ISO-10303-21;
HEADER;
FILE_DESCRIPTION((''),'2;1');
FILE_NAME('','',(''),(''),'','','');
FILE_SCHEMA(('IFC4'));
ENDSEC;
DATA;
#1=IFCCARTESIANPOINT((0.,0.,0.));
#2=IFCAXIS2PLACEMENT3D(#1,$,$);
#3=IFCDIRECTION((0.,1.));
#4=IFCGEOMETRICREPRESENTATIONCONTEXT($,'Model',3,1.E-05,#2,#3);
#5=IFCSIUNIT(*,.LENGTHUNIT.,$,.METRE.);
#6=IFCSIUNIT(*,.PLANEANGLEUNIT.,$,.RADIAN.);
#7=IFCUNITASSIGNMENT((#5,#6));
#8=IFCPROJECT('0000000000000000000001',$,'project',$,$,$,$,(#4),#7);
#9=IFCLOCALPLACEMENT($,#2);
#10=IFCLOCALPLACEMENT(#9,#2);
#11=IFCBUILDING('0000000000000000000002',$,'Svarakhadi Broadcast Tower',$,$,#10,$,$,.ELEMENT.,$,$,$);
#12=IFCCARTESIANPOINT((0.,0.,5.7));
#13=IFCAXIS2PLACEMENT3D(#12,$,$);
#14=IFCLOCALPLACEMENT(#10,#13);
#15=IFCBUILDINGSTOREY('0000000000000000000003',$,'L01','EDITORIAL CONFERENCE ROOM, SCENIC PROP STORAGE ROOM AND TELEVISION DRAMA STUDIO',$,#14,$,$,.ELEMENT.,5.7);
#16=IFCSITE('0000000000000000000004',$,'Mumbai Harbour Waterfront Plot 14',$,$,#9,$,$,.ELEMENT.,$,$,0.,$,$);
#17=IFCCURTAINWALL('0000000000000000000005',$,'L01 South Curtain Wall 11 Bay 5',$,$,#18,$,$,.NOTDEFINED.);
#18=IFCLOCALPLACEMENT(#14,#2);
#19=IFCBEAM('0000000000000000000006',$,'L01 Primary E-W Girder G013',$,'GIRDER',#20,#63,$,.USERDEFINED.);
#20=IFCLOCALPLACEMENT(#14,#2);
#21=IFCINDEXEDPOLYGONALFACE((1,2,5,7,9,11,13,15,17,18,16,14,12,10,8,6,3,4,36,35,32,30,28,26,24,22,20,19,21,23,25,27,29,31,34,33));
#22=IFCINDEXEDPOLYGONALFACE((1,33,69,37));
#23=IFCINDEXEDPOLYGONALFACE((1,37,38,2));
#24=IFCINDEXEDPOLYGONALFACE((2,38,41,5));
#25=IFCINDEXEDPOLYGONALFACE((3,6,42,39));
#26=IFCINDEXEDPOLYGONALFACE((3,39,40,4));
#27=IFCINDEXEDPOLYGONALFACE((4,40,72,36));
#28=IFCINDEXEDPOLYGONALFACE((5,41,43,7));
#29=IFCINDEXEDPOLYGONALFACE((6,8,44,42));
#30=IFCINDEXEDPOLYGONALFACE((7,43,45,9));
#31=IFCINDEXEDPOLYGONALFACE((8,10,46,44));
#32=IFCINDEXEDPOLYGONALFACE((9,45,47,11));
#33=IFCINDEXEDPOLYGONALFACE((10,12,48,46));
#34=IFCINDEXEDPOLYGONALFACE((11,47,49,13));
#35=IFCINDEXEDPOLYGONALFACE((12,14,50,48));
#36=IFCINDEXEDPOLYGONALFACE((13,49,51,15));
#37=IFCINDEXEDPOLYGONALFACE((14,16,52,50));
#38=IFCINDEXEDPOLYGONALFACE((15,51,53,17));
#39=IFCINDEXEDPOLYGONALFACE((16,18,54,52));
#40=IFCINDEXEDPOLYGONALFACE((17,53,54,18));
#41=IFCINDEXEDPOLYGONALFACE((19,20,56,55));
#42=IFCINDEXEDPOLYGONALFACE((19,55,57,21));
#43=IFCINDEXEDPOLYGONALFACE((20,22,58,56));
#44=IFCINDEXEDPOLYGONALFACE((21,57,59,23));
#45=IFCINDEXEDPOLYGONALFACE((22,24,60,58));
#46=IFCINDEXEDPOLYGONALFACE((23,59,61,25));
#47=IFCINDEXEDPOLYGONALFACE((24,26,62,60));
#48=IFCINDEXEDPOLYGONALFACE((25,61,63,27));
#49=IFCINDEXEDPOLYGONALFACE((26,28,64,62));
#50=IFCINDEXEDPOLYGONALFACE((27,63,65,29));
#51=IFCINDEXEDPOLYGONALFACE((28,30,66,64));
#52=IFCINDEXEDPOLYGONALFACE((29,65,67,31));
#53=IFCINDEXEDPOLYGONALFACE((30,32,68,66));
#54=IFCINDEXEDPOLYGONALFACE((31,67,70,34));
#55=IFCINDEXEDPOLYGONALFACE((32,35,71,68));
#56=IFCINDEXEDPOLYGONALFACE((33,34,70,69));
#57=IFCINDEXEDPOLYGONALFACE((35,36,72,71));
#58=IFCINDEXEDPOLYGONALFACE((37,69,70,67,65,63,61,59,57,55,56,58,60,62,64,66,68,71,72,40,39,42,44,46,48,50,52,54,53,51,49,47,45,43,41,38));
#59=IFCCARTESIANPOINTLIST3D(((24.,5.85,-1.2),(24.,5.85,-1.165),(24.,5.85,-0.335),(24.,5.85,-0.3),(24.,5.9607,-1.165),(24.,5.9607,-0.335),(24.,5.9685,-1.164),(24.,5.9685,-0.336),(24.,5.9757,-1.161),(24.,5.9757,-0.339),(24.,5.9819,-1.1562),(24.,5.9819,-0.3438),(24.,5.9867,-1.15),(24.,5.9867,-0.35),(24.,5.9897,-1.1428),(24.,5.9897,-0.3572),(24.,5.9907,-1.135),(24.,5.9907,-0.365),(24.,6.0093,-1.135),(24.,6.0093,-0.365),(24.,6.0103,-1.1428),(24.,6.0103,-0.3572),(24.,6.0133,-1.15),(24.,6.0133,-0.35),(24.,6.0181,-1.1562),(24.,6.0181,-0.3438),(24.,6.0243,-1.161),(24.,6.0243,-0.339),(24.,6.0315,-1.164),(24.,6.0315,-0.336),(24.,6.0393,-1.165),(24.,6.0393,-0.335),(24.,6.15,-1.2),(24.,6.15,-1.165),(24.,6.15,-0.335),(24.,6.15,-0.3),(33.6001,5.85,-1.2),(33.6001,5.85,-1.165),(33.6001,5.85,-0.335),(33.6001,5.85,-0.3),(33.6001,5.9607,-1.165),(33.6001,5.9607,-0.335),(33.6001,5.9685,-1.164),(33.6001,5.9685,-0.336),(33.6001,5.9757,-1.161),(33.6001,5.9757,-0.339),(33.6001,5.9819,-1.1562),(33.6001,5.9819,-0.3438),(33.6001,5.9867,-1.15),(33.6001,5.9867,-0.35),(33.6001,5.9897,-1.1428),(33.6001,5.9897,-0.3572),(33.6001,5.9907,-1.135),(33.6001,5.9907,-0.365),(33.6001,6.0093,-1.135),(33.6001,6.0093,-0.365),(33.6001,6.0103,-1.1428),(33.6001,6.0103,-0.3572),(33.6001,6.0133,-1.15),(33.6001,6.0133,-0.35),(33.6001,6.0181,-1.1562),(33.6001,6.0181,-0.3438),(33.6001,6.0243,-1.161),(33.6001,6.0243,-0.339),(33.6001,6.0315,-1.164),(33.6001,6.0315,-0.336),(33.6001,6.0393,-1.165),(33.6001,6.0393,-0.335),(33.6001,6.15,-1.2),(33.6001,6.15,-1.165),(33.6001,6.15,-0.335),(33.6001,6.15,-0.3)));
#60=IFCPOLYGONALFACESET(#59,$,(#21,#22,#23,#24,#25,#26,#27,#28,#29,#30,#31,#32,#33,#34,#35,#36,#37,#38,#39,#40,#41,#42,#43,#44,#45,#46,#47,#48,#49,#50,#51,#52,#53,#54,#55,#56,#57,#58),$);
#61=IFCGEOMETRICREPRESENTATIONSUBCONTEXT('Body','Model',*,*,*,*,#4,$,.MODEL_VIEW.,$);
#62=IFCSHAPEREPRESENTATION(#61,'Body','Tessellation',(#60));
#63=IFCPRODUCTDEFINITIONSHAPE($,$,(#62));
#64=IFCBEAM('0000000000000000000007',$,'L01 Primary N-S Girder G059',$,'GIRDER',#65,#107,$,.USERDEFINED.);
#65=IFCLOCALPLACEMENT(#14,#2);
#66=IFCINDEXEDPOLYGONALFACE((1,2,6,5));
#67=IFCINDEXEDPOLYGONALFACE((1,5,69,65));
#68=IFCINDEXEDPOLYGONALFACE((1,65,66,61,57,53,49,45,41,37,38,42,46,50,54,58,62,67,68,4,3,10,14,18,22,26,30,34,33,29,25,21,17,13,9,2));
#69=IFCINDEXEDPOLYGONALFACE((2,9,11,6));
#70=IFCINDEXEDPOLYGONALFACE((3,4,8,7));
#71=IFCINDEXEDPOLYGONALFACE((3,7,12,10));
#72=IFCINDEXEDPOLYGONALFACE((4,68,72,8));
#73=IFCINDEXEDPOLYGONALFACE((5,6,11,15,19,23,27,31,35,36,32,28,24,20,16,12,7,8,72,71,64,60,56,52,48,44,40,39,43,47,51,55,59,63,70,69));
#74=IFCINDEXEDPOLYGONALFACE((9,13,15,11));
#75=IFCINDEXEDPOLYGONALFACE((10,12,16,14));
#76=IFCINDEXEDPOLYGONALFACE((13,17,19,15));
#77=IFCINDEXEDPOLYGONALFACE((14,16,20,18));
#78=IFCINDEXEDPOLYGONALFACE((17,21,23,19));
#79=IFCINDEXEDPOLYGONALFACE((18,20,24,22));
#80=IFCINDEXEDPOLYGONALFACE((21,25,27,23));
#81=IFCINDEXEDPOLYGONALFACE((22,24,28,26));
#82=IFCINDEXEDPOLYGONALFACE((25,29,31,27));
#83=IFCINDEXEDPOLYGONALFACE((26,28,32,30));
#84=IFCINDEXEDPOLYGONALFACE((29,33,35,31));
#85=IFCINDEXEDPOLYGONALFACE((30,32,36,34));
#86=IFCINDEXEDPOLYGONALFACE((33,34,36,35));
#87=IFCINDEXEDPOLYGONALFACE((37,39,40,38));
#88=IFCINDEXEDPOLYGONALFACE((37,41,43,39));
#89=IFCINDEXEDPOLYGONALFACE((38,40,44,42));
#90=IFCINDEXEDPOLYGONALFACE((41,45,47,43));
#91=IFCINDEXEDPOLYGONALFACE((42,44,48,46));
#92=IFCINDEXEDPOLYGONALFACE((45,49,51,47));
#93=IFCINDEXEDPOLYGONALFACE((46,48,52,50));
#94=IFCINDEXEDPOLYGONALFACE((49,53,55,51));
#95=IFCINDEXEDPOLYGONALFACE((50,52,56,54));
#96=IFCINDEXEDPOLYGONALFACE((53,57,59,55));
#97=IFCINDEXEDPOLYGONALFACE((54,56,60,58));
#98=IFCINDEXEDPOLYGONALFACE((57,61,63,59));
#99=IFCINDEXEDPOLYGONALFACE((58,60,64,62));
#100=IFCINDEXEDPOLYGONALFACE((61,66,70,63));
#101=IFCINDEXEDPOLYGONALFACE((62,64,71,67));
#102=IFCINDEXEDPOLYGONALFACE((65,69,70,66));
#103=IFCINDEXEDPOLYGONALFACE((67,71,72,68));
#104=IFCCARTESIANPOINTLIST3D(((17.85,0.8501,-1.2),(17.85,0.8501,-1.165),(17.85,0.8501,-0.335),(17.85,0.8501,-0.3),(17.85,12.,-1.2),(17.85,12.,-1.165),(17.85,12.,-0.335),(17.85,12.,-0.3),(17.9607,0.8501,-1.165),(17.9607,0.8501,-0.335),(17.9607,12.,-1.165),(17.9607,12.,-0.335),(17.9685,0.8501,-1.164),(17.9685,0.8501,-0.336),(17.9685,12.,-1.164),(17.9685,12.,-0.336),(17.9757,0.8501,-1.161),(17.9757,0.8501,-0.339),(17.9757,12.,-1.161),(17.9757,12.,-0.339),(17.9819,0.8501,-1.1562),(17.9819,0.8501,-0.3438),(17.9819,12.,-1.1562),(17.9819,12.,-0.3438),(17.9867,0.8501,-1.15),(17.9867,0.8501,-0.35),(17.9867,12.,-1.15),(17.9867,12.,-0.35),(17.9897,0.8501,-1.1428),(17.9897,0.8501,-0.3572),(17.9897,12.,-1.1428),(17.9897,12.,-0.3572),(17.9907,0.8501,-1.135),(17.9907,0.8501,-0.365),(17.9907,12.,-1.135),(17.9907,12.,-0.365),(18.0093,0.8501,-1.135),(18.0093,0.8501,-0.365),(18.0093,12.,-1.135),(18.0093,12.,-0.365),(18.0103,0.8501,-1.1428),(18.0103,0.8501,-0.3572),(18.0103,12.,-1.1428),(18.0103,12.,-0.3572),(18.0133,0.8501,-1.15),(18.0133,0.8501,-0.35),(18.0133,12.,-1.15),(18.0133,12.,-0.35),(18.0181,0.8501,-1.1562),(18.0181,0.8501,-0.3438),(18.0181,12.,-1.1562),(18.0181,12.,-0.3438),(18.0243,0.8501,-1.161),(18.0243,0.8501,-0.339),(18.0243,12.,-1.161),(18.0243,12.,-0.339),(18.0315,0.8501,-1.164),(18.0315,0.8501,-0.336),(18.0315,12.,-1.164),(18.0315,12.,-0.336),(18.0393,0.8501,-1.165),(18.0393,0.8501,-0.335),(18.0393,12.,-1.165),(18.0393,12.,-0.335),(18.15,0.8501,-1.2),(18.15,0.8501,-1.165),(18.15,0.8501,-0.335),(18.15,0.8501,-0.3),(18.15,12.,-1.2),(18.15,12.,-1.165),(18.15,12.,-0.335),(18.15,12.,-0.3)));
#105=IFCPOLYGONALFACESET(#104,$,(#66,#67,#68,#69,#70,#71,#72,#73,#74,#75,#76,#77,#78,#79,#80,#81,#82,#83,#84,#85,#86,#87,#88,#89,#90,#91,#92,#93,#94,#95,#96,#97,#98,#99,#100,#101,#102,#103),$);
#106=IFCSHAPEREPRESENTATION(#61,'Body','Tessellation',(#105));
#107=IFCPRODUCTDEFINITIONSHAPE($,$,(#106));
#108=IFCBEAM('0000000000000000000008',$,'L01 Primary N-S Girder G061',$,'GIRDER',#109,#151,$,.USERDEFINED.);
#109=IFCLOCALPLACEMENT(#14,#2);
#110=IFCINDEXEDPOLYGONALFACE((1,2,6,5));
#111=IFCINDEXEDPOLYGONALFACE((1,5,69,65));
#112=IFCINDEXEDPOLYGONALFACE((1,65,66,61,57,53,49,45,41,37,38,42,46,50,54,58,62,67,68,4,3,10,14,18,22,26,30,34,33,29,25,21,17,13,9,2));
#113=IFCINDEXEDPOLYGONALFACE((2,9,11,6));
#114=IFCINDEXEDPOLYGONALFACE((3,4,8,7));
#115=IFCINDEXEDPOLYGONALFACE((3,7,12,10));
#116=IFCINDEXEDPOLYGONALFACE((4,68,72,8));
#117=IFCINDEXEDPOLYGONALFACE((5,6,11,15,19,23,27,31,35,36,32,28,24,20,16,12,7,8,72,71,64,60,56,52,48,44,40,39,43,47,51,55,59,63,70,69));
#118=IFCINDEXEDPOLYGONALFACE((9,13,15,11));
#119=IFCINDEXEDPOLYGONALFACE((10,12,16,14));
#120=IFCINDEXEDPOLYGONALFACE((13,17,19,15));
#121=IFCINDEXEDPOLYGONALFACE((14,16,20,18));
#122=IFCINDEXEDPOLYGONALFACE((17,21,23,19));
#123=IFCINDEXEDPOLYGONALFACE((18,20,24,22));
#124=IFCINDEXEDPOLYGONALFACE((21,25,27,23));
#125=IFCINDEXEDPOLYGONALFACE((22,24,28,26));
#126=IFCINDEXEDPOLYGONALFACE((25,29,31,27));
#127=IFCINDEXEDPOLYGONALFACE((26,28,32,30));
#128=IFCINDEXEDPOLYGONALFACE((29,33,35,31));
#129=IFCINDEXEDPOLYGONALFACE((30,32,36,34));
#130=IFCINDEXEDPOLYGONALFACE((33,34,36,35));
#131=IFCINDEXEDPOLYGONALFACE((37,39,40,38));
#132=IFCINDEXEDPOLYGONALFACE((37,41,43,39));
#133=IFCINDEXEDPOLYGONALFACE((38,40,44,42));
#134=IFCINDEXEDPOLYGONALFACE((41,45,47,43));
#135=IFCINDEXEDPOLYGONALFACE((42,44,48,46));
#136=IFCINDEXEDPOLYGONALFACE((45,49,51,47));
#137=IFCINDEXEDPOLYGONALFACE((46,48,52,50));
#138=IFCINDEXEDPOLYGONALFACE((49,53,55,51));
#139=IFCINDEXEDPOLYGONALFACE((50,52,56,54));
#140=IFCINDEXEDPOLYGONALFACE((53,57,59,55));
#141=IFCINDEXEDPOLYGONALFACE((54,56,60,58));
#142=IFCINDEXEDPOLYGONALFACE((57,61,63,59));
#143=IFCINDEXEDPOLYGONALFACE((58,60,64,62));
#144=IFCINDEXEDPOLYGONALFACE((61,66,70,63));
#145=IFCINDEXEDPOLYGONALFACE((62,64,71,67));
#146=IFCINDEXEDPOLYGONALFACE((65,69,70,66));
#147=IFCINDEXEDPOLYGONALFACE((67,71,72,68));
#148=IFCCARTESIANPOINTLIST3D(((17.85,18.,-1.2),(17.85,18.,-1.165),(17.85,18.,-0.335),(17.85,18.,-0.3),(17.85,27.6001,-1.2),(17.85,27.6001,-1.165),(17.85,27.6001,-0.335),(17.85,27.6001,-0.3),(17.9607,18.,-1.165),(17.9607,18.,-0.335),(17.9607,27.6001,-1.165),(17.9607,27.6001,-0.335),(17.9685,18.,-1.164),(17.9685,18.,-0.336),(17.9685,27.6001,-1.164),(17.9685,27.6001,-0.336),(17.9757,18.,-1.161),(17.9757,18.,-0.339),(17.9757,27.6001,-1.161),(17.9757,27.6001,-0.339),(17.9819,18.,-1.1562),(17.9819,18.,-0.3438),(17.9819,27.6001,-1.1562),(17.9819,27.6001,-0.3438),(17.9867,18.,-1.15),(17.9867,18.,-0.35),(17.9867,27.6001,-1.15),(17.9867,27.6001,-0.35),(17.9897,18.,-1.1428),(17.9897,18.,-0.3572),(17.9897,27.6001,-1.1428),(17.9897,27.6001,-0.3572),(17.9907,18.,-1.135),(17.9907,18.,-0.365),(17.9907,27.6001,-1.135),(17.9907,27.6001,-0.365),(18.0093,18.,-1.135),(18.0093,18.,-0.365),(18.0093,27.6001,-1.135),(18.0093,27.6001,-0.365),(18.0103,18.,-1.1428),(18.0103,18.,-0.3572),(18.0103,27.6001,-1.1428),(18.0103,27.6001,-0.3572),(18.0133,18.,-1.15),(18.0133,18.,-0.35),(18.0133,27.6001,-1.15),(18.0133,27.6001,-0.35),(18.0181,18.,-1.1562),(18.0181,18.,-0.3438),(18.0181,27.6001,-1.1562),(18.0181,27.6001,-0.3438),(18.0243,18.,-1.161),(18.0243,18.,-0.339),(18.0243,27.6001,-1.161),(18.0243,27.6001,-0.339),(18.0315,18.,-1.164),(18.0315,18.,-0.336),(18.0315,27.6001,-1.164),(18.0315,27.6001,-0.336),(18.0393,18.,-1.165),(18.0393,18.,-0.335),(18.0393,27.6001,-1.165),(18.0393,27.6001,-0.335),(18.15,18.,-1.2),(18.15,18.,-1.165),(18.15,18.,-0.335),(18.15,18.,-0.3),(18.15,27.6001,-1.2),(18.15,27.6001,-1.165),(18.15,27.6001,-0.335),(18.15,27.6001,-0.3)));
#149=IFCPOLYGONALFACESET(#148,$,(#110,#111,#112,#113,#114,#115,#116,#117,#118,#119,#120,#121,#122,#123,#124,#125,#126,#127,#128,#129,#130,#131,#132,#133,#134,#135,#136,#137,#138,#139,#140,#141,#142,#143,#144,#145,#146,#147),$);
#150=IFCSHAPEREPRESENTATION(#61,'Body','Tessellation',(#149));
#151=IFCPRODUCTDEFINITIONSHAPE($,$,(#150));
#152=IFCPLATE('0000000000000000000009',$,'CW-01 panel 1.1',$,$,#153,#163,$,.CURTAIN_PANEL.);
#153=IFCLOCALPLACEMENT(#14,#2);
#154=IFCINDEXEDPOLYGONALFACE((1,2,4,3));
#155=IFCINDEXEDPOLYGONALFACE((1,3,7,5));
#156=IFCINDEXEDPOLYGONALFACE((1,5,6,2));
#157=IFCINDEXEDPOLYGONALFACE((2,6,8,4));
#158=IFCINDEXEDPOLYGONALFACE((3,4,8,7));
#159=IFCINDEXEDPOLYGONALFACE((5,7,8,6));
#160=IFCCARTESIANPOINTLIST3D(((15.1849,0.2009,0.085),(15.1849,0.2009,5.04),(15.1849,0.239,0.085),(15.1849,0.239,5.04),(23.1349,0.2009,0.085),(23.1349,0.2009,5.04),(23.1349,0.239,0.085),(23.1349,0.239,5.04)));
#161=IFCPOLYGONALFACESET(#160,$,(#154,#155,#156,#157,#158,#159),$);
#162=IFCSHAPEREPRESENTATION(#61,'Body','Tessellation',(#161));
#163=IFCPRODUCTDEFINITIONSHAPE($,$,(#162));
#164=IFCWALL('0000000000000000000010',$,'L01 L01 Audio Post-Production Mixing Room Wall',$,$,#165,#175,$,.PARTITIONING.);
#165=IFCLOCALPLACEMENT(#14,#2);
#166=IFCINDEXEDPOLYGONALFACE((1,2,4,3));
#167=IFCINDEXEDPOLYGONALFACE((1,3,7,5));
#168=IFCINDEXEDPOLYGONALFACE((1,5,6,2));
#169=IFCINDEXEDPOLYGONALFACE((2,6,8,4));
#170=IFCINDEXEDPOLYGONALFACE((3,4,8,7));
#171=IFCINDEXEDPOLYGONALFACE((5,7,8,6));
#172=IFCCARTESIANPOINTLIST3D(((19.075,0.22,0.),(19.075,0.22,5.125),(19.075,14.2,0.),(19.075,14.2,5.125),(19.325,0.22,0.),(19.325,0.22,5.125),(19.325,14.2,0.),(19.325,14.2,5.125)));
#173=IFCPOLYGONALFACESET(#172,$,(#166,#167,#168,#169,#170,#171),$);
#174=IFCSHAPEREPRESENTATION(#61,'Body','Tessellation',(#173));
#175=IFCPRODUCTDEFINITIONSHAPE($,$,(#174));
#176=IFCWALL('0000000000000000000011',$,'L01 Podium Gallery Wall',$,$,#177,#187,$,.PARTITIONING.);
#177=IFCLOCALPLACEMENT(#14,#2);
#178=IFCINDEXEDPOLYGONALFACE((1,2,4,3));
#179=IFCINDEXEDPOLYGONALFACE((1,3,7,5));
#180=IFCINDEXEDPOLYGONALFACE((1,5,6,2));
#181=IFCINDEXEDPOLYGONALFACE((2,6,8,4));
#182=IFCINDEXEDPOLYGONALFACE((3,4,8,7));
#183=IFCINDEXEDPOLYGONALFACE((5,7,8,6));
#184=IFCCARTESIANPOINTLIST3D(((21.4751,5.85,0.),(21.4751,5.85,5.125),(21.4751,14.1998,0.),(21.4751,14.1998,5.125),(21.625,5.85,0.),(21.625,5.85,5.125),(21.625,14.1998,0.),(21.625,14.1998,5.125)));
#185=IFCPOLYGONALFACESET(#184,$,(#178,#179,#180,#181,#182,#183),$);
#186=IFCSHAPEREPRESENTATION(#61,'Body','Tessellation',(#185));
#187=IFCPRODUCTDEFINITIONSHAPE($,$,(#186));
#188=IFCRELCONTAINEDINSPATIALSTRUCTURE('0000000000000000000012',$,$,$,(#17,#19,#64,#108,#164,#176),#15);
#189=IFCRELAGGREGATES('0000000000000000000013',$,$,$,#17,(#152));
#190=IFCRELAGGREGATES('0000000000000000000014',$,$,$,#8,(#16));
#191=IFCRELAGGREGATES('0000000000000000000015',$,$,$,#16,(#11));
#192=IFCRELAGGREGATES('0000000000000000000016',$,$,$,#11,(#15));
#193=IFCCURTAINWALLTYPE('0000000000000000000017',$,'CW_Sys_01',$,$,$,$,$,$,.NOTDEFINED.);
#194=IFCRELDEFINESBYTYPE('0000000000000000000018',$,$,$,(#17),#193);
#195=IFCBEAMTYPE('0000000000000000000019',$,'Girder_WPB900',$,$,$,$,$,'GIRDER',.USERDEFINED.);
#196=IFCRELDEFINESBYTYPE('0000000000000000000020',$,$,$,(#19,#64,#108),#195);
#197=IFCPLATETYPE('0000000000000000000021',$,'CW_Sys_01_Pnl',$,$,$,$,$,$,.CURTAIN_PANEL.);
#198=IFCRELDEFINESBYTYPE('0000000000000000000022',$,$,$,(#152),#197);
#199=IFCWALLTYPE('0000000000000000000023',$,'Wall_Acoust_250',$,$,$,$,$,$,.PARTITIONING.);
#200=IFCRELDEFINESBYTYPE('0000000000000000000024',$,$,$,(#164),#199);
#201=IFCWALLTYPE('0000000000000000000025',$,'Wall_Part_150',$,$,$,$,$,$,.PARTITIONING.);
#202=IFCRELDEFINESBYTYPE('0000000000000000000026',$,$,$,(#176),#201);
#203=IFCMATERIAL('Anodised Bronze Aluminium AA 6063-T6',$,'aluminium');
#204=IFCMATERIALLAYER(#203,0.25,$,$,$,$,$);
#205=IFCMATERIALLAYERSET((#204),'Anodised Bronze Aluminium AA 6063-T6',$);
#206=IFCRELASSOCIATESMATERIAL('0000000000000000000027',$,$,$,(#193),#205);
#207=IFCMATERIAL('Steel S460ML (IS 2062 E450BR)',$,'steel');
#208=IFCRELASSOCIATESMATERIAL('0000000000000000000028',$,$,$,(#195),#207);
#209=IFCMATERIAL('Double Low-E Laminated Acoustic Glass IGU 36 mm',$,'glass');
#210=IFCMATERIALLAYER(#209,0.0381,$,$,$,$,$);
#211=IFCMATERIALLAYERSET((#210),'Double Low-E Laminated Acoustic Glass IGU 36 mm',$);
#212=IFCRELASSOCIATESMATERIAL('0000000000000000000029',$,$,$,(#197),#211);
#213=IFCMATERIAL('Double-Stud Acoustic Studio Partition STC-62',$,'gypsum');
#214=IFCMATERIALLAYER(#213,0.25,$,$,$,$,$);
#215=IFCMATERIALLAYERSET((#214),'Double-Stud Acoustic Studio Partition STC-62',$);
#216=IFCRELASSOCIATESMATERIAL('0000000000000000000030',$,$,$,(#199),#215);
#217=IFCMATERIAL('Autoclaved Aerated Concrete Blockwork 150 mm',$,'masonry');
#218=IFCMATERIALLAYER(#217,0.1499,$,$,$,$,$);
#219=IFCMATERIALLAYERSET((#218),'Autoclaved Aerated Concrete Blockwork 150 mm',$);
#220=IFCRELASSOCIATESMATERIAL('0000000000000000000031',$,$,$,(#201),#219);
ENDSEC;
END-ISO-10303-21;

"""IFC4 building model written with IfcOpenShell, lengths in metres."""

from ifc_helpers import new_model, si_unit, direction, frame, frame_2d, origin, origin_2d, place, context, subcontext, project, spatial, rectangle, i_section, extrude, material, layer, layer_set, material_profile, profile_set, type_object, element, aggregate, save


model = new_model("IFC4")

# Units and contexts
model_context = context("Model", 3, precision=1e-05, world=origin(), true_north=direction((0.0, 1.0)))
body_context = subcontext(model_context, "Body", "Model", "MODEL_VIEW")
ifc_project = project(units=[si_unit("LENGTHUNIT", "METRE"), si_unit("PLANEANGLEUNIT", "RADIAN")], contexts=[model_context])

# Site, building, storey
site_placement = place(None, origin())
site = spatial("IfcSite", under=ifc_project, at=site_placement, Name="Mumbai Harbour Waterfront Plot 14", CompositionType="ELEMENT", RefElevation=0.0)
building_placement = place(site_placement, origin())
building = spatial("IfcBuilding", under=site, at=building_placement, Name="Svarakhadi Broadcast Tower", CompositionType="ELEMENT")
storey_placement = place(building_placement, frame((0.0, 0.0, 5.7)))
storey = spatial("IfcBuildingStorey", under=building, at=storey_placement, Name="L01", Description="EDITORIAL CONFERENCE ROOM, SCENIC PROP STORAGE ROOM AND TELEVISION DRAMA STUDIO", CompositionType="ELEMENT", Elevation=5.7)

# Shared definitions
ifc_material_1 = material(Name="Steel S460ML (IS 2062 E450BR)", Category="steel")

# Curtain wall
ifc_material_2 = material(Name="Anodised Bronze Aluminium AA 6063-T6", Category="aluminium")
ifc_layer_1 = layer(ifc_material_2, 0.25)
ifc_layer_set_1 = layer_set([ifc_layer_1], Name="Anodised Bronze Aluminium AA 6063-T6")
curtain_wall_type = type_object("IfcCurtainWallType", Name="CW_Sys_01", PredefinedType="NOTDEFINED", material=ifc_layer_set_1)
curtain_wall_placement = place(storey_placement, origin())
curtain_wall = element("IfcCurtainWall", 1, at=curtain_wall_placement, inside=storey, type_object=curtain_wall_type, Name="L01 South Curtain Wall 11 Bay 5", PredefinedType="NOTDEFINED")

# Beams
ifc_material_profile_1 = material_profile(ifc_material_1, i_section(OverallWidth=0.3, OverallDepth=0.8999, WebThickness=0.0186, FlangeThickness=0.0349, FilletRadius=0.03, at=origin_2d()), Name="WPB 900x300x291")
ifc_profile_set_1 = profile_set([ifc_material_profile_1], Name="Steel S460ML (IS 2062 E450BR)")
beam_type_1 = type_object("IfcBeamType", Name="Girder_WPB900", ElementType="GIRDER", PredefinedType="USERDEFINED", material=ifc_profile_set_1)
beam_1_placement = place(storey_placement, frame((24.0, 6.0, -0.75), z_axis=(1.0, 0.0, 0.0), x_axis=(0.0, 1.0, 0.0)))
element("IfcBeam", 2, at=beam_1_placement, inside=storey, type_object=beam_type_1, Name="L01 Primary E-W Girder G013", ObjectType="GIRDER", PredefinedType="USERDEFINED", context=body_context, shape_type="SweptSolid", body=[
    extrude(i_section(OverallWidth=0.3, OverallDepth=0.8999, WebThickness=0.0186, FlangeThickness=0.0349, FilletRadius=0.03, at=origin_2d()), origin(), (0.0, 0.0, 1.0), 9.6001),
])
beam_2_placement = place(storey_placement, frame((18.0, 0.8501, -0.75), z_axis=(0.0, 1.0, 0.0), x_axis=(-1.0, 0.0, 0.0)))
element("IfcBeam", 3, at=beam_2_placement, inside=storey, type_object=beam_type_1, Name="L01 Primary N-S Girder G059", ObjectType="GIRDER", PredefinedType="USERDEFINED", context=body_context, shape_type="SweptSolid", body=[
    extrude(i_section(OverallWidth=0.3, OverallDepth=0.8999, WebThickness=0.0186, FlangeThickness=0.0349, FilletRadius=0.03, at=origin_2d()), origin(), (0.0, 0.0, 1.0), 11.1499),
])
beam_3_placement = place(storey_placement, frame((18.0, 18.0, -0.75), z_axis=(0.0, 1.0, 0.0), x_axis=(-1.0, 0.0, 0.0)))
element("IfcBeam", 4, at=beam_3_placement, inside=storey, type_object=beam_type_1, Name="L01 Primary N-S Girder G061", ObjectType="GIRDER", PredefinedType="USERDEFINED", context=body_context, shape_type="SweptSolid", body=[
    extrude(i_section(OverallWidth=0.3, OverallDepth=0.8999, WebThickness=0.0186, FlangeThickness=0.0349, FilletRadius=0.03, at=origin_2d()), origin(), (0.0, 0.0, 1.0), 9.6001),
])

# Plate
ifc_material_3 = material(Name="Double Low-E Laminated Acoustic Glass IGU 36 mm", Category="glass")
ifc_layer_2 = layer(ifc_material_3, 0.0381)
ifc_layer_set_2 = layer_set([ifc_layer_2], Name="Double Low-E Laminated Acoustic Glass IGU 36 mm")
plate_type = type_object("IfcPlateType", Name="CW_Sys_01_Pnl", PredefinedType="CURTAIN_PANEL", material=ifc_layer_set_2)
plate_placement = place(storey_placement, frame((19.1599, 0.22, 0.085), z_axis=(0.0, 0.0, 1.0), x_axis=(-1.0, 0.0, 0.0)))
plate = element("IfcPlate", 5, at=plate_placement, type_object=plate_type, Name="CW-01 panel 1.1", PredefinedType="CURTAIN_PANEL", context=body_context, shape_type="SweptSolid", body=[
    extrude(rectangle(XDim=7.95, YDim=0.0381, at=origin_2d()), origin(), (0.0, 0.0, 1.0), 4.9551),
])
aggregate(curtain_wall, [plate])

# Walls
ifc_material_4 = material(Name="Double-Stud Acoustic Studio Partition STC-62", Category="gypsum")
ifc_layer_3 = layer(ifc_material_4, 0.25)
ifc_layer_set_3 = layer_set([ifc_layer_3], Name="Double-Stud Acoustic Studio Partition STC-62")
wall_type_1 = type_object("IfcWallType", Name="Wall_Acoust_250", PredefinedType="PARTITIONING", material=ifc_layer_set_3)
wall_1_placement = place(storey_placement, frame((19.2, 0.22, 0.0), z_axis=(0.0, 0.0, 1.0), x_axis=(0.0, 1.0, 0.0)))
element("IfcWall", 6, at=wall_1_placement, inside=storey, type_object=wall_type_1, Name="L01 L01 Audio Post-Production Mixing Room Wall", PredefinedType="PARTITIONING", context=body_context, shape_type="SweptSolid", body=[
    extrude(rectangle(XDim=13.98, YDim=0.25, at=frame_2d((6.99, 0.0))), origin(), (0.0, 0.0, 1.0), 5.125),
])
ifc_material_5 = material(Name="Autoclaved Aerated Concrete Blockwork 150 mm", Category="masonry")
ifc_layer_4 = layer(ifc_material_5, 0.1499)
ifc_layer_set_4 = layer_set([ifc_layer_4], Name="Autoclaved Aerated Concrete Blockwork 150 mm")
wall_type_2 = type_object("IfcWallType", Name="Wall_Part_150", PredefinedType="PARTITIONING", material=ifc_layer_set_4)
wall_2_placement = place(storey_placement, frame((21.55, 5.8501, 0.0), z_axis=(0.0, 0.0, 1.0), x_axis=(0.0, 1.0, 0.0)))
element("IfcWall", 7, at=wall_2_placement, inside=storey, type_object=wall_type_2, Name="L01 Podium Gallery Wall", PredefinedType="PARTITIONING", context=body_context, shape_type="SweptSolid", body=[
    extrude(rectangle(XDim=8.3499, YDim=0.1499, at=frame_2d((4.1748, 0.0))), origin(), (0.0, 0.0, 1.0), 5.125),
])

save(model, "model.ifc")
